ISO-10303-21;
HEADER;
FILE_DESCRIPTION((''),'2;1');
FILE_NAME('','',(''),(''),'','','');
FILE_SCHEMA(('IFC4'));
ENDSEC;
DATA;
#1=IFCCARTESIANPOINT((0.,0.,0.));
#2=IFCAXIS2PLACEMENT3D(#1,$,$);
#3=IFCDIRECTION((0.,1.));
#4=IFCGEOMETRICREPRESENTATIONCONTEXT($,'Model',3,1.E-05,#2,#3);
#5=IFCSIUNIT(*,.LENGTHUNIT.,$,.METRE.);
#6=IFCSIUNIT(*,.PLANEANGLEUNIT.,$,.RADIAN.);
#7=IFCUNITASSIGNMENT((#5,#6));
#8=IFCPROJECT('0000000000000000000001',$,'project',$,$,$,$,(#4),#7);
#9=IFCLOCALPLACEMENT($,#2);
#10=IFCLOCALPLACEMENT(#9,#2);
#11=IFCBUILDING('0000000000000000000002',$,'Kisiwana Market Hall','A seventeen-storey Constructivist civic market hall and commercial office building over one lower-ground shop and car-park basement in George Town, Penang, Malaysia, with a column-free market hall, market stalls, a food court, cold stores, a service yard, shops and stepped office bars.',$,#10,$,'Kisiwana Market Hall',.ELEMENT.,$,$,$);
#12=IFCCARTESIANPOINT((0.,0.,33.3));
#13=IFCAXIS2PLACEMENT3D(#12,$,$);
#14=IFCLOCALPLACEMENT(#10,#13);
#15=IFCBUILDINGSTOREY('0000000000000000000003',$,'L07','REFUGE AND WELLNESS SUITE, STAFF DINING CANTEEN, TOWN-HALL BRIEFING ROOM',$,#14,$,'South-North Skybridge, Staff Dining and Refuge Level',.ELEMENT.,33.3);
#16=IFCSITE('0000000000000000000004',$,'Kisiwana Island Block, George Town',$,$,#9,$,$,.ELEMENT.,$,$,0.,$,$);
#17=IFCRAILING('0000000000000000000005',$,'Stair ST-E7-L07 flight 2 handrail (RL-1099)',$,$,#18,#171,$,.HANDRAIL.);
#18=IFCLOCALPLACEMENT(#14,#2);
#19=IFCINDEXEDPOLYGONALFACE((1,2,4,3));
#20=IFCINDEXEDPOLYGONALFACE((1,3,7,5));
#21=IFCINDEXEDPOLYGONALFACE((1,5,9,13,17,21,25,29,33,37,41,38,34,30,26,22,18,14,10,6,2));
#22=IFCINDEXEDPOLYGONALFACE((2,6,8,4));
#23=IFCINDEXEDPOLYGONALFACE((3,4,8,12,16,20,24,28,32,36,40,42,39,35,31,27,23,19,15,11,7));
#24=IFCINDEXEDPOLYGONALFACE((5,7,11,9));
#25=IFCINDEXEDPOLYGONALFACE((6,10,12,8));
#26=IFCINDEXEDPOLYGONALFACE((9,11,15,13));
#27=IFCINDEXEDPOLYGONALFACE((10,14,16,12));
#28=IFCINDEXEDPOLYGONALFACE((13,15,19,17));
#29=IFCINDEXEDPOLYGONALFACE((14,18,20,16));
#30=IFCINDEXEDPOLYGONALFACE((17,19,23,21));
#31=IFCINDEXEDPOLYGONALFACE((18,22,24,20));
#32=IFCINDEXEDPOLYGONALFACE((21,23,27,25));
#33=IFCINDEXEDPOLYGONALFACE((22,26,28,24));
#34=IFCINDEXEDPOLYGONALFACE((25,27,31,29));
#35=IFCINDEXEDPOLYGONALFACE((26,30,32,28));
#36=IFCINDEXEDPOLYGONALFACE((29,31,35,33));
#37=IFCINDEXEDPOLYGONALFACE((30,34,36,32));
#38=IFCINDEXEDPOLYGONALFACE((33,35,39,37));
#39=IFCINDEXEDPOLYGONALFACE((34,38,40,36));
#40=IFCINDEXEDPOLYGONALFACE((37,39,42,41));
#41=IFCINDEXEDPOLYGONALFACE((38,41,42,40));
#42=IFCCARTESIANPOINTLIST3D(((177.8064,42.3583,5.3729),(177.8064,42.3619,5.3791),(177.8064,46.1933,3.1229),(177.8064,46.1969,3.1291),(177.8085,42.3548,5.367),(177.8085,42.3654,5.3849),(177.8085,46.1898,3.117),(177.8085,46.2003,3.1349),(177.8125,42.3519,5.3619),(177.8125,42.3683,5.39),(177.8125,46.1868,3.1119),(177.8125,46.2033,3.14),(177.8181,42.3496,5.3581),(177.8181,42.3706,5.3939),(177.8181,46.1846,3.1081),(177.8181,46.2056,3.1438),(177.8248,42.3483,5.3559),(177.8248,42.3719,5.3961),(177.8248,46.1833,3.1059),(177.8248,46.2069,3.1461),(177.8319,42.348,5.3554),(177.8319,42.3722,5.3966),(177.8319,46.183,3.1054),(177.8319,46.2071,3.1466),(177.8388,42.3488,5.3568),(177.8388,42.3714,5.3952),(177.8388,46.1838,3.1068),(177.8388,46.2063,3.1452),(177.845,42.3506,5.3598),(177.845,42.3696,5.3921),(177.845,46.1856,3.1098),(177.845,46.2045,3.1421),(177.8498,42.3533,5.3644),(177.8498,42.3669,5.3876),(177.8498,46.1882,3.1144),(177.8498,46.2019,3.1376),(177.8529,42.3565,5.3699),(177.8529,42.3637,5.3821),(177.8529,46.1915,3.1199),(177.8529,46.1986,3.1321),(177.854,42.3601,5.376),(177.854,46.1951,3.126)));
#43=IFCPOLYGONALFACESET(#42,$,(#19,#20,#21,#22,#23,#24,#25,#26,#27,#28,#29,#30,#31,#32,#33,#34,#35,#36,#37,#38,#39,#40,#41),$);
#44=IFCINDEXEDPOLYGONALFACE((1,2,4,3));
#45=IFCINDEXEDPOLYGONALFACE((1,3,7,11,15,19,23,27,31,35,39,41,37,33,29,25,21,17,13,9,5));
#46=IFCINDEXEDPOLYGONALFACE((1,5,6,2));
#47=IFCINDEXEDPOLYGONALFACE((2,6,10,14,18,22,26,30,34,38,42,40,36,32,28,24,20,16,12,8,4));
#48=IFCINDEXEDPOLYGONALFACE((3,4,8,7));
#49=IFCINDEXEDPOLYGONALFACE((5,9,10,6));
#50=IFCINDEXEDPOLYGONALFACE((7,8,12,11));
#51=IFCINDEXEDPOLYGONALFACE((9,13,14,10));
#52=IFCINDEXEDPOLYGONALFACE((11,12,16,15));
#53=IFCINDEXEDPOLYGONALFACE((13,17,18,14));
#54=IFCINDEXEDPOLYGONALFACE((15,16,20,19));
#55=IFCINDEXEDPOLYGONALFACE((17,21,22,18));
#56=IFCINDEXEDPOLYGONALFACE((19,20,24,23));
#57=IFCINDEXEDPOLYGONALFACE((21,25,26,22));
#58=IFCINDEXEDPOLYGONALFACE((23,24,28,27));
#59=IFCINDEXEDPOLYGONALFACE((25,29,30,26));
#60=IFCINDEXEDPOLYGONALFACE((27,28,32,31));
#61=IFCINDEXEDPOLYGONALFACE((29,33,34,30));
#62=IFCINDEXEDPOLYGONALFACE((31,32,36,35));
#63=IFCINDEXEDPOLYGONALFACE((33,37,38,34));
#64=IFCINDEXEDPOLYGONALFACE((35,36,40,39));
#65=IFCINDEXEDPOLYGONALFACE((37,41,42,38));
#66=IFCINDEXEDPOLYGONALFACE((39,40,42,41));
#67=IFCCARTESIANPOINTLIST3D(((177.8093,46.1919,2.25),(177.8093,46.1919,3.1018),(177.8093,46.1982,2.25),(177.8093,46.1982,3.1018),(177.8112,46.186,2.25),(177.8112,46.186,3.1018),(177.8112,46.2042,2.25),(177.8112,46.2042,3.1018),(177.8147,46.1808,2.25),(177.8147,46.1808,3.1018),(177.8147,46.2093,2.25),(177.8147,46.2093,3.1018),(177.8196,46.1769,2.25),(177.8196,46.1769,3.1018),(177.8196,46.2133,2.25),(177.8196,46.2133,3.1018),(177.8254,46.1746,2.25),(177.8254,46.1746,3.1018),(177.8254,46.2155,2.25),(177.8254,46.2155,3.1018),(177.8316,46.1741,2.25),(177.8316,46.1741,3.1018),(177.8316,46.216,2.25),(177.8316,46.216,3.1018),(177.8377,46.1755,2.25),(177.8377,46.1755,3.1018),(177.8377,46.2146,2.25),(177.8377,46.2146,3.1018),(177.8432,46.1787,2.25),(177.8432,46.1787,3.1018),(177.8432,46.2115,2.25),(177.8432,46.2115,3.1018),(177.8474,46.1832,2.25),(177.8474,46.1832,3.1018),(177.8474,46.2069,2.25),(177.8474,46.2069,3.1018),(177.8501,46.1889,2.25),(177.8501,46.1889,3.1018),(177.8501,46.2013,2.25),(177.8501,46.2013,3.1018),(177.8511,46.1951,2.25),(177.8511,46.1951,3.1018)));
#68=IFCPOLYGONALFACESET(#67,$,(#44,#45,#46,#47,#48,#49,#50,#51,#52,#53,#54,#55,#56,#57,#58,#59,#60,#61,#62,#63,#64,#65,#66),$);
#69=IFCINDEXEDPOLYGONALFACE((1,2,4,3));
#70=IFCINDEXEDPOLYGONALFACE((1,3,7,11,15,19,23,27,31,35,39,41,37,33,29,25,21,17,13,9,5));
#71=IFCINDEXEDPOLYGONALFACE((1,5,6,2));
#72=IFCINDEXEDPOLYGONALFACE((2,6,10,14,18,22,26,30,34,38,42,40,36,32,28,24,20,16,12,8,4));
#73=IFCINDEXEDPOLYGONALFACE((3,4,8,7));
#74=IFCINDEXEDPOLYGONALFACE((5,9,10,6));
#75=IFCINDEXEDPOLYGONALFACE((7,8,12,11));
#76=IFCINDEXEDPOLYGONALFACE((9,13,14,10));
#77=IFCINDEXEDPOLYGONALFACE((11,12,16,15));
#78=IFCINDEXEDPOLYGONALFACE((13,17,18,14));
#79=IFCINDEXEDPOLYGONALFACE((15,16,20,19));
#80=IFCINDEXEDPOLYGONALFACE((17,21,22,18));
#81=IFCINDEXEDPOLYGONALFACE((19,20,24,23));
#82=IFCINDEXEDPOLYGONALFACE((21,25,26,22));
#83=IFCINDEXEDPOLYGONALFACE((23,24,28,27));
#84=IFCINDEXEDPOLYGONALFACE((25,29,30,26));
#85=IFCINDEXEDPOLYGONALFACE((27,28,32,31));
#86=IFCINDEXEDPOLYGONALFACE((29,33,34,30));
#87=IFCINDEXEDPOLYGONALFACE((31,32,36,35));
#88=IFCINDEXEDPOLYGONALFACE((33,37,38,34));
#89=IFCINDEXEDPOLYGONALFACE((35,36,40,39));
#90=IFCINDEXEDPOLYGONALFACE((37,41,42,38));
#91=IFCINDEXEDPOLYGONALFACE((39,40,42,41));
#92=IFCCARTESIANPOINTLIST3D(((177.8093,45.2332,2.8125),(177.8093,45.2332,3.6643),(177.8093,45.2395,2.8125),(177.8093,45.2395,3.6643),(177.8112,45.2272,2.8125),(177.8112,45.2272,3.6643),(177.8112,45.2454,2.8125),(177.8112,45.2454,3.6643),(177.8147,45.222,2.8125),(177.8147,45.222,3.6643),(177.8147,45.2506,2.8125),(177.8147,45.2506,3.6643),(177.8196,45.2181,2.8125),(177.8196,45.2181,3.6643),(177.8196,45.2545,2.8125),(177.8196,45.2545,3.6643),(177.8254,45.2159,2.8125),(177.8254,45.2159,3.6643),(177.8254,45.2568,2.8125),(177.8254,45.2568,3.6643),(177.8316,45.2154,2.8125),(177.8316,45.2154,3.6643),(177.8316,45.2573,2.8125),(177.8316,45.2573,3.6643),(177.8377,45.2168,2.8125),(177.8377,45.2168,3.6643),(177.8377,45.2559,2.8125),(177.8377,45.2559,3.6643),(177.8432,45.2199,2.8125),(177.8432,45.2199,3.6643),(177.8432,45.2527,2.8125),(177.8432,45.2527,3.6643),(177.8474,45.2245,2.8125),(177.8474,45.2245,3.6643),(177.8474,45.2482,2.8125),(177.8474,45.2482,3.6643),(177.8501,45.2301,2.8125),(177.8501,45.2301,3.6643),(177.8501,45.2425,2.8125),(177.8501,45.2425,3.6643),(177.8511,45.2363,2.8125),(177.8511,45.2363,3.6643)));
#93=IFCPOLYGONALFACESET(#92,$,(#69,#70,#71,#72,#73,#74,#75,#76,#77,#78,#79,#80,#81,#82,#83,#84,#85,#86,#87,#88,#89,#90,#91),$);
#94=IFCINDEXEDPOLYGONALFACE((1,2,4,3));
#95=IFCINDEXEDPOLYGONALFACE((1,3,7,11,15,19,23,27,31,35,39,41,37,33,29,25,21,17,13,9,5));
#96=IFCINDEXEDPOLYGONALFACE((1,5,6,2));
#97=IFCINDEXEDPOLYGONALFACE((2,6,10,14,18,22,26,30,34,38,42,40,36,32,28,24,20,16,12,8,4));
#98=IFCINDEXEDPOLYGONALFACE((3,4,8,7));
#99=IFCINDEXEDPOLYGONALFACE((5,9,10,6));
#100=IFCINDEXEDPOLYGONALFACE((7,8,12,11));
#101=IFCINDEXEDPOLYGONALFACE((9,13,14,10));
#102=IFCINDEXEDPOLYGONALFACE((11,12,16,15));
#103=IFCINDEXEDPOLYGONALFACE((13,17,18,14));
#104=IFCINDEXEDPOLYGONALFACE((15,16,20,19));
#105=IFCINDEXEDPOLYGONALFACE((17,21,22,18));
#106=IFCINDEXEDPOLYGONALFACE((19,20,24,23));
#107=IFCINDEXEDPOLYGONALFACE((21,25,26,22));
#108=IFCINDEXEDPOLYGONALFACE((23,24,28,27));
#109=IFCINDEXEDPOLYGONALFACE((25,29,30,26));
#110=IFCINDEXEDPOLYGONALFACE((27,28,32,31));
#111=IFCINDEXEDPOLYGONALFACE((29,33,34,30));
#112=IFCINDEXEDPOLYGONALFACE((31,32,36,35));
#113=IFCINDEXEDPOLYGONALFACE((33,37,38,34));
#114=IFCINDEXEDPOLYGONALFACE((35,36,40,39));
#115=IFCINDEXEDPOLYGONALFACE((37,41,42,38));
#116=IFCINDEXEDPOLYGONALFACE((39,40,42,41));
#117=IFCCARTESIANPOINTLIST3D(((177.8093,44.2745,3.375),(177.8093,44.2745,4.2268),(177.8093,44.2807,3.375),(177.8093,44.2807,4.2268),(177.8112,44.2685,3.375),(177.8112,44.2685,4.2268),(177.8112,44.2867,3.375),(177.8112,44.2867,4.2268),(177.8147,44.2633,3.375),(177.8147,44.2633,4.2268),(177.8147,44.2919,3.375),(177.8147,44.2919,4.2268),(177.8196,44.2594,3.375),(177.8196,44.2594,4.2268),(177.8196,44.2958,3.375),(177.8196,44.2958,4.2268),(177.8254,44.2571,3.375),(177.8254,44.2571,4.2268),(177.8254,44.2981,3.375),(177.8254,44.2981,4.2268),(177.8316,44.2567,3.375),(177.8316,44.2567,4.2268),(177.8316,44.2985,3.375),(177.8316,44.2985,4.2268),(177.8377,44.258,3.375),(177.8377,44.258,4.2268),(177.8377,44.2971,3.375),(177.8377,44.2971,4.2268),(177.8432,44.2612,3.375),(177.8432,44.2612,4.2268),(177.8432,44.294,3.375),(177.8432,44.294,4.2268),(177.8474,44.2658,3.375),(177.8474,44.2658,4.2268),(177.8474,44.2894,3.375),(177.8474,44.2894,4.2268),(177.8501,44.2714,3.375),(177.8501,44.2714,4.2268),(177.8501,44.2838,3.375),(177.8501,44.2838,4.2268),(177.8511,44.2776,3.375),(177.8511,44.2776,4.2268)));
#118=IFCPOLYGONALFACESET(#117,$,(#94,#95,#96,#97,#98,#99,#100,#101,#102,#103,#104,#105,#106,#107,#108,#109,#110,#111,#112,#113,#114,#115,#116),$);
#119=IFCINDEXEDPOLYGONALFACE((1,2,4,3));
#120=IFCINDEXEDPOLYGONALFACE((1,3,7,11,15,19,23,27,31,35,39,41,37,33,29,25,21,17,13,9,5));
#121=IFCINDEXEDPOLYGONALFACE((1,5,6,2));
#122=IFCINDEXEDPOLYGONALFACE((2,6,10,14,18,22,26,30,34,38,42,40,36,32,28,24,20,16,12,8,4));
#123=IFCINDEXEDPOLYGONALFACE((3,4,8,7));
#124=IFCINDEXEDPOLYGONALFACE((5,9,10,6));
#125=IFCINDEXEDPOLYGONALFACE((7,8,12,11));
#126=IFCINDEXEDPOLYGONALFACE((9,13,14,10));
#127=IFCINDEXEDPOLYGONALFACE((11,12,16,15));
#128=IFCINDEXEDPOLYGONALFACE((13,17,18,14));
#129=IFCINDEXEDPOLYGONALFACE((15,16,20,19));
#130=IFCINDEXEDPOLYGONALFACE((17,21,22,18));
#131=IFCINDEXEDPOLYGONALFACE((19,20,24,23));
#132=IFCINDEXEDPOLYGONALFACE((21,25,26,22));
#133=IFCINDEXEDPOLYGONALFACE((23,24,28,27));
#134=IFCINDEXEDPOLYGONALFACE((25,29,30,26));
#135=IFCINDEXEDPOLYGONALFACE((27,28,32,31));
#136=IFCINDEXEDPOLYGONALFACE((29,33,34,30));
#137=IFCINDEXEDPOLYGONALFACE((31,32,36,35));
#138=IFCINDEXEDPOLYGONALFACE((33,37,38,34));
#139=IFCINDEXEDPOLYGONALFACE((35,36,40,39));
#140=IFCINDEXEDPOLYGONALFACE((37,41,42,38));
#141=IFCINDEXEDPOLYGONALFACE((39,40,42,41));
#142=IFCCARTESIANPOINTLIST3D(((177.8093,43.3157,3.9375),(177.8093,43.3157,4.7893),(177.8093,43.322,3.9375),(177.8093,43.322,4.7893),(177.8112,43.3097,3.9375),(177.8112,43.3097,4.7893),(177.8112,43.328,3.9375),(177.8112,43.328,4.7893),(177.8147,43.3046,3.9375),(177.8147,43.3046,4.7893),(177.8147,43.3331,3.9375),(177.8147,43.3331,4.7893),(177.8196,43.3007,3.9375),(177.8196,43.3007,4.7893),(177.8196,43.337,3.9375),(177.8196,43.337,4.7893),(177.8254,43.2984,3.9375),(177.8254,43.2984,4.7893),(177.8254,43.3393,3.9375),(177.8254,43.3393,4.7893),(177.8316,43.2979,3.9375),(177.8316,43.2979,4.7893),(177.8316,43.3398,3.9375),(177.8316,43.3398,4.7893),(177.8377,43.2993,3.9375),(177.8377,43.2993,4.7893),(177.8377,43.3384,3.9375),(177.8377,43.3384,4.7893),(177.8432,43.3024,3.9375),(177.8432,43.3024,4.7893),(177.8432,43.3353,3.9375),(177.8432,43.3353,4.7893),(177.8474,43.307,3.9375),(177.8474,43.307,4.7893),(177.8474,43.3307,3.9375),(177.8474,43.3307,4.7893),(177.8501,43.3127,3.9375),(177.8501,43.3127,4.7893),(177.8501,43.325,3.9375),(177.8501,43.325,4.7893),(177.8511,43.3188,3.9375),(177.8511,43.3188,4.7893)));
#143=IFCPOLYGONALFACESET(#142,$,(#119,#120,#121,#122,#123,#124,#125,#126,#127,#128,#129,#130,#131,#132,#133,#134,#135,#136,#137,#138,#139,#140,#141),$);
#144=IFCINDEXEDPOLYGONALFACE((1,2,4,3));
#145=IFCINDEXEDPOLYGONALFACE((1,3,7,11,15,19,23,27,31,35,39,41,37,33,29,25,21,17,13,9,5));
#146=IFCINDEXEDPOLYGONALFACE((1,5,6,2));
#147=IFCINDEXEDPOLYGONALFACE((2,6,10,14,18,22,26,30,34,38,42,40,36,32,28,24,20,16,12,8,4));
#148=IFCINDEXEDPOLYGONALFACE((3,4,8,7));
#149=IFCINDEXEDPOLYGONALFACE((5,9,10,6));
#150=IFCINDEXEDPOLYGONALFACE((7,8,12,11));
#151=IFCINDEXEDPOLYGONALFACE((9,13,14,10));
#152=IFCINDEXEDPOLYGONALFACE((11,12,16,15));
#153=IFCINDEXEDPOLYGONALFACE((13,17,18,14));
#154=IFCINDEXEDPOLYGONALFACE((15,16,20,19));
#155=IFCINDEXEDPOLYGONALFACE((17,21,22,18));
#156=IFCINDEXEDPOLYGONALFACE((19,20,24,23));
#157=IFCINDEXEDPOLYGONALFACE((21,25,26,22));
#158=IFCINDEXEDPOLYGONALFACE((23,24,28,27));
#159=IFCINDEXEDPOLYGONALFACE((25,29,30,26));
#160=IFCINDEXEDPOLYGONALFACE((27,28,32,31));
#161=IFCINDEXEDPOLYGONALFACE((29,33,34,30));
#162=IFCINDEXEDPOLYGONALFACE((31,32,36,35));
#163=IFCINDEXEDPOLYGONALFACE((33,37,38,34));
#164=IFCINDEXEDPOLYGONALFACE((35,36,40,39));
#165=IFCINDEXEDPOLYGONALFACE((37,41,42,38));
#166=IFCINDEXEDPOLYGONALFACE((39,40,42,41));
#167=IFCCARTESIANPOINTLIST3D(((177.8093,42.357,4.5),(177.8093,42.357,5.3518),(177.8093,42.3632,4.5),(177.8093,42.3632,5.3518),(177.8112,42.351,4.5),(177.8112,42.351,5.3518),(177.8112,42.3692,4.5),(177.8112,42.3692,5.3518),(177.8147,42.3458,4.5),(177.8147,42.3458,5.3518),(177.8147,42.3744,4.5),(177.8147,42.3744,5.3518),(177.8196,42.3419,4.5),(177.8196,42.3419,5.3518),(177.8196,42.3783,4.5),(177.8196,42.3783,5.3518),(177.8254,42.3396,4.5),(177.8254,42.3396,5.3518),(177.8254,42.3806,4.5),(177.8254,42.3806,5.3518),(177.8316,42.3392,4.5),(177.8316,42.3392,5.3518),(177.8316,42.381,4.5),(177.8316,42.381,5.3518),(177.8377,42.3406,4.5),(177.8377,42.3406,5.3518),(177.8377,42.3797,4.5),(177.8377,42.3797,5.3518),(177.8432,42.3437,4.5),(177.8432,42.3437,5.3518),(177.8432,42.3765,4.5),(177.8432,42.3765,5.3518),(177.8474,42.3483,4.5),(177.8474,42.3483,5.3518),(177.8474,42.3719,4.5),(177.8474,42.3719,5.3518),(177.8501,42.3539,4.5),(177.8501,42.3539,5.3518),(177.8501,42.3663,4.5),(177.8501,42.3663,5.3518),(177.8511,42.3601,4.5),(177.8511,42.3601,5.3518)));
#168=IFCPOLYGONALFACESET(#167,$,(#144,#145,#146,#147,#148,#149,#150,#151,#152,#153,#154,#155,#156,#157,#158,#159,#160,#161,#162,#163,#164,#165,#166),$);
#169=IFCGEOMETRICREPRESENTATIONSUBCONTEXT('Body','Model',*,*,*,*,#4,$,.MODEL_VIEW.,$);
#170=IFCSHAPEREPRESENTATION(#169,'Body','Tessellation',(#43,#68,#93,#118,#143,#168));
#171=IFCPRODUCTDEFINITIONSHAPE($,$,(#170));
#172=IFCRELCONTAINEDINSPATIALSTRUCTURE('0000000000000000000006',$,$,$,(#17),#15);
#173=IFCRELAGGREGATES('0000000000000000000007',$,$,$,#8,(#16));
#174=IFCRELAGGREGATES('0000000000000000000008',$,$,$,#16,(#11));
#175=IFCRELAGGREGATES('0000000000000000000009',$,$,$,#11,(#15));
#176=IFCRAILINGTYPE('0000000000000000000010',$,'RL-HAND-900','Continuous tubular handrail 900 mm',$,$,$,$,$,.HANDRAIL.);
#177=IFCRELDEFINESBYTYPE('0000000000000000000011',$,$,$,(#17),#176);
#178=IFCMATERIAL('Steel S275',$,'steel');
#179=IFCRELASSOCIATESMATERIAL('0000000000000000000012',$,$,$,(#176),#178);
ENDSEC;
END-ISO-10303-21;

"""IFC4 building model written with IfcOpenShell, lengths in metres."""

from ifc_helpers import new_model, si_unit, direction, frame, origin, origin_2d, place, context, subcontext, project, spatial, circle, extrude, material, type_object, element, save


model = new_model("IFC4")

# Units and contexts
model_context = context("Model", 3, precision=1e-05, world=origin(), true_north=direction((0.0, 1.0)))
body_context = subcontext(model_context, "Body", "Model", "MODEL_VIEW")
ifc_project = project(units=[si_unit("LENGTHUNIT", "METRE"), si_unit("PLANEANGLEUNIT", "RADIAN")], contexts=[model_context])

# Site, building, storey
site_placement = place(None, origin())
site = spatial("IfcSite", under=ifc_project, at=site_placement, Name="Kisiwana Island Block, George Town", CompositionType="ELEMENT", RefElevation=0.0)
building_placement = place(site_placement, origin())
building = spatial("IfcBuilding", under=site, at=building_placement, Name="Kisiwana Market Hall", Description="A seventeen-storey Constructivist civic market hall and commercial office building over one lower-ground shop and car-park basement in George Town, Penang, Malaysia, with a column-free market hall, market stalls, a food court, cold stores, a service yard, shops and stepped office bars.", LongName="Kisiwana Market Hall", CompositionType="ELEMENT")
storey_placement = place(building_placement, frame((0.0, 0.0, 33.3)))
storey = spatial("IfcBuildingStorey", under=building, at=storey_placement, Name="L07", Description="REFUGE AND WELLNESS SUITE, STAFF DINING CANTEEN, TOWN-HALL BRIEFING ROOM", LongName="South-North Skybridge, Staff Dining and Refuge Level", CompositionType="ELEMENT", Elevation=33.3)

# Railing
ifc_material_1 = material(Name="Steel S275", Category="steel")
railing_type_1 = type_object("IfcRailingType", Name="RL-HAND-900", Description="Continuous tubular handrail 900 mm", PredefinedType="HANDRAIL", material=ifc_material_1)
railing_1_placement = place(storey_placement, frame((177.8301, 46.1951, 2.25)))
element("IfcRailing", 1, at=railing_1_placement, inside=storey, type_object=railing_type_1, Name="Stair ST-E7-L07 flight 2 handrail (RL-1099)", PredefinedType="HANDRAIL", context=body_context, shape_type="SweptSolid", body=[
    extrude(circle(Radius=0.0239, at=origin_2d()), frame((0.0, 0.0, 0.876), z_axis=(0.0, -0.86251, 0.506041), x_axis=(1.0, 0.0, 0.0)), (0.0, 0.0, 1.0), 4.4463),
    extrude(circle(Radius=0.021, at=origin_2d()), origin(), (0.0, 0.0, 1.0), 0.8518),
    extrude(circle(Radius=0.021, at=origin_2d()), frame((0.0, -0.9587, 0.5625)), (0.0, 0.0, 1.0), 0.8518),
    extrude(circle(Radius=0.021, at=origin_2d()), frame((0.0, -1.9175, 1.125)), (0.0, 0.0, 1.0), 0.8518),
    extrude(circle(Radius=0.021, at=origin_2d()), frame((0.0, -2.8762, 1.6875)), (0.0, 0.0, 1.0), 0.8518),
    extrude(circle(Radius=0.021, at=origin_2d()), frame((0.0, -3.835, 2.25)), (0.0, 0.0, 1.0), 0.8518),
])

save(model, "model.ifc")
